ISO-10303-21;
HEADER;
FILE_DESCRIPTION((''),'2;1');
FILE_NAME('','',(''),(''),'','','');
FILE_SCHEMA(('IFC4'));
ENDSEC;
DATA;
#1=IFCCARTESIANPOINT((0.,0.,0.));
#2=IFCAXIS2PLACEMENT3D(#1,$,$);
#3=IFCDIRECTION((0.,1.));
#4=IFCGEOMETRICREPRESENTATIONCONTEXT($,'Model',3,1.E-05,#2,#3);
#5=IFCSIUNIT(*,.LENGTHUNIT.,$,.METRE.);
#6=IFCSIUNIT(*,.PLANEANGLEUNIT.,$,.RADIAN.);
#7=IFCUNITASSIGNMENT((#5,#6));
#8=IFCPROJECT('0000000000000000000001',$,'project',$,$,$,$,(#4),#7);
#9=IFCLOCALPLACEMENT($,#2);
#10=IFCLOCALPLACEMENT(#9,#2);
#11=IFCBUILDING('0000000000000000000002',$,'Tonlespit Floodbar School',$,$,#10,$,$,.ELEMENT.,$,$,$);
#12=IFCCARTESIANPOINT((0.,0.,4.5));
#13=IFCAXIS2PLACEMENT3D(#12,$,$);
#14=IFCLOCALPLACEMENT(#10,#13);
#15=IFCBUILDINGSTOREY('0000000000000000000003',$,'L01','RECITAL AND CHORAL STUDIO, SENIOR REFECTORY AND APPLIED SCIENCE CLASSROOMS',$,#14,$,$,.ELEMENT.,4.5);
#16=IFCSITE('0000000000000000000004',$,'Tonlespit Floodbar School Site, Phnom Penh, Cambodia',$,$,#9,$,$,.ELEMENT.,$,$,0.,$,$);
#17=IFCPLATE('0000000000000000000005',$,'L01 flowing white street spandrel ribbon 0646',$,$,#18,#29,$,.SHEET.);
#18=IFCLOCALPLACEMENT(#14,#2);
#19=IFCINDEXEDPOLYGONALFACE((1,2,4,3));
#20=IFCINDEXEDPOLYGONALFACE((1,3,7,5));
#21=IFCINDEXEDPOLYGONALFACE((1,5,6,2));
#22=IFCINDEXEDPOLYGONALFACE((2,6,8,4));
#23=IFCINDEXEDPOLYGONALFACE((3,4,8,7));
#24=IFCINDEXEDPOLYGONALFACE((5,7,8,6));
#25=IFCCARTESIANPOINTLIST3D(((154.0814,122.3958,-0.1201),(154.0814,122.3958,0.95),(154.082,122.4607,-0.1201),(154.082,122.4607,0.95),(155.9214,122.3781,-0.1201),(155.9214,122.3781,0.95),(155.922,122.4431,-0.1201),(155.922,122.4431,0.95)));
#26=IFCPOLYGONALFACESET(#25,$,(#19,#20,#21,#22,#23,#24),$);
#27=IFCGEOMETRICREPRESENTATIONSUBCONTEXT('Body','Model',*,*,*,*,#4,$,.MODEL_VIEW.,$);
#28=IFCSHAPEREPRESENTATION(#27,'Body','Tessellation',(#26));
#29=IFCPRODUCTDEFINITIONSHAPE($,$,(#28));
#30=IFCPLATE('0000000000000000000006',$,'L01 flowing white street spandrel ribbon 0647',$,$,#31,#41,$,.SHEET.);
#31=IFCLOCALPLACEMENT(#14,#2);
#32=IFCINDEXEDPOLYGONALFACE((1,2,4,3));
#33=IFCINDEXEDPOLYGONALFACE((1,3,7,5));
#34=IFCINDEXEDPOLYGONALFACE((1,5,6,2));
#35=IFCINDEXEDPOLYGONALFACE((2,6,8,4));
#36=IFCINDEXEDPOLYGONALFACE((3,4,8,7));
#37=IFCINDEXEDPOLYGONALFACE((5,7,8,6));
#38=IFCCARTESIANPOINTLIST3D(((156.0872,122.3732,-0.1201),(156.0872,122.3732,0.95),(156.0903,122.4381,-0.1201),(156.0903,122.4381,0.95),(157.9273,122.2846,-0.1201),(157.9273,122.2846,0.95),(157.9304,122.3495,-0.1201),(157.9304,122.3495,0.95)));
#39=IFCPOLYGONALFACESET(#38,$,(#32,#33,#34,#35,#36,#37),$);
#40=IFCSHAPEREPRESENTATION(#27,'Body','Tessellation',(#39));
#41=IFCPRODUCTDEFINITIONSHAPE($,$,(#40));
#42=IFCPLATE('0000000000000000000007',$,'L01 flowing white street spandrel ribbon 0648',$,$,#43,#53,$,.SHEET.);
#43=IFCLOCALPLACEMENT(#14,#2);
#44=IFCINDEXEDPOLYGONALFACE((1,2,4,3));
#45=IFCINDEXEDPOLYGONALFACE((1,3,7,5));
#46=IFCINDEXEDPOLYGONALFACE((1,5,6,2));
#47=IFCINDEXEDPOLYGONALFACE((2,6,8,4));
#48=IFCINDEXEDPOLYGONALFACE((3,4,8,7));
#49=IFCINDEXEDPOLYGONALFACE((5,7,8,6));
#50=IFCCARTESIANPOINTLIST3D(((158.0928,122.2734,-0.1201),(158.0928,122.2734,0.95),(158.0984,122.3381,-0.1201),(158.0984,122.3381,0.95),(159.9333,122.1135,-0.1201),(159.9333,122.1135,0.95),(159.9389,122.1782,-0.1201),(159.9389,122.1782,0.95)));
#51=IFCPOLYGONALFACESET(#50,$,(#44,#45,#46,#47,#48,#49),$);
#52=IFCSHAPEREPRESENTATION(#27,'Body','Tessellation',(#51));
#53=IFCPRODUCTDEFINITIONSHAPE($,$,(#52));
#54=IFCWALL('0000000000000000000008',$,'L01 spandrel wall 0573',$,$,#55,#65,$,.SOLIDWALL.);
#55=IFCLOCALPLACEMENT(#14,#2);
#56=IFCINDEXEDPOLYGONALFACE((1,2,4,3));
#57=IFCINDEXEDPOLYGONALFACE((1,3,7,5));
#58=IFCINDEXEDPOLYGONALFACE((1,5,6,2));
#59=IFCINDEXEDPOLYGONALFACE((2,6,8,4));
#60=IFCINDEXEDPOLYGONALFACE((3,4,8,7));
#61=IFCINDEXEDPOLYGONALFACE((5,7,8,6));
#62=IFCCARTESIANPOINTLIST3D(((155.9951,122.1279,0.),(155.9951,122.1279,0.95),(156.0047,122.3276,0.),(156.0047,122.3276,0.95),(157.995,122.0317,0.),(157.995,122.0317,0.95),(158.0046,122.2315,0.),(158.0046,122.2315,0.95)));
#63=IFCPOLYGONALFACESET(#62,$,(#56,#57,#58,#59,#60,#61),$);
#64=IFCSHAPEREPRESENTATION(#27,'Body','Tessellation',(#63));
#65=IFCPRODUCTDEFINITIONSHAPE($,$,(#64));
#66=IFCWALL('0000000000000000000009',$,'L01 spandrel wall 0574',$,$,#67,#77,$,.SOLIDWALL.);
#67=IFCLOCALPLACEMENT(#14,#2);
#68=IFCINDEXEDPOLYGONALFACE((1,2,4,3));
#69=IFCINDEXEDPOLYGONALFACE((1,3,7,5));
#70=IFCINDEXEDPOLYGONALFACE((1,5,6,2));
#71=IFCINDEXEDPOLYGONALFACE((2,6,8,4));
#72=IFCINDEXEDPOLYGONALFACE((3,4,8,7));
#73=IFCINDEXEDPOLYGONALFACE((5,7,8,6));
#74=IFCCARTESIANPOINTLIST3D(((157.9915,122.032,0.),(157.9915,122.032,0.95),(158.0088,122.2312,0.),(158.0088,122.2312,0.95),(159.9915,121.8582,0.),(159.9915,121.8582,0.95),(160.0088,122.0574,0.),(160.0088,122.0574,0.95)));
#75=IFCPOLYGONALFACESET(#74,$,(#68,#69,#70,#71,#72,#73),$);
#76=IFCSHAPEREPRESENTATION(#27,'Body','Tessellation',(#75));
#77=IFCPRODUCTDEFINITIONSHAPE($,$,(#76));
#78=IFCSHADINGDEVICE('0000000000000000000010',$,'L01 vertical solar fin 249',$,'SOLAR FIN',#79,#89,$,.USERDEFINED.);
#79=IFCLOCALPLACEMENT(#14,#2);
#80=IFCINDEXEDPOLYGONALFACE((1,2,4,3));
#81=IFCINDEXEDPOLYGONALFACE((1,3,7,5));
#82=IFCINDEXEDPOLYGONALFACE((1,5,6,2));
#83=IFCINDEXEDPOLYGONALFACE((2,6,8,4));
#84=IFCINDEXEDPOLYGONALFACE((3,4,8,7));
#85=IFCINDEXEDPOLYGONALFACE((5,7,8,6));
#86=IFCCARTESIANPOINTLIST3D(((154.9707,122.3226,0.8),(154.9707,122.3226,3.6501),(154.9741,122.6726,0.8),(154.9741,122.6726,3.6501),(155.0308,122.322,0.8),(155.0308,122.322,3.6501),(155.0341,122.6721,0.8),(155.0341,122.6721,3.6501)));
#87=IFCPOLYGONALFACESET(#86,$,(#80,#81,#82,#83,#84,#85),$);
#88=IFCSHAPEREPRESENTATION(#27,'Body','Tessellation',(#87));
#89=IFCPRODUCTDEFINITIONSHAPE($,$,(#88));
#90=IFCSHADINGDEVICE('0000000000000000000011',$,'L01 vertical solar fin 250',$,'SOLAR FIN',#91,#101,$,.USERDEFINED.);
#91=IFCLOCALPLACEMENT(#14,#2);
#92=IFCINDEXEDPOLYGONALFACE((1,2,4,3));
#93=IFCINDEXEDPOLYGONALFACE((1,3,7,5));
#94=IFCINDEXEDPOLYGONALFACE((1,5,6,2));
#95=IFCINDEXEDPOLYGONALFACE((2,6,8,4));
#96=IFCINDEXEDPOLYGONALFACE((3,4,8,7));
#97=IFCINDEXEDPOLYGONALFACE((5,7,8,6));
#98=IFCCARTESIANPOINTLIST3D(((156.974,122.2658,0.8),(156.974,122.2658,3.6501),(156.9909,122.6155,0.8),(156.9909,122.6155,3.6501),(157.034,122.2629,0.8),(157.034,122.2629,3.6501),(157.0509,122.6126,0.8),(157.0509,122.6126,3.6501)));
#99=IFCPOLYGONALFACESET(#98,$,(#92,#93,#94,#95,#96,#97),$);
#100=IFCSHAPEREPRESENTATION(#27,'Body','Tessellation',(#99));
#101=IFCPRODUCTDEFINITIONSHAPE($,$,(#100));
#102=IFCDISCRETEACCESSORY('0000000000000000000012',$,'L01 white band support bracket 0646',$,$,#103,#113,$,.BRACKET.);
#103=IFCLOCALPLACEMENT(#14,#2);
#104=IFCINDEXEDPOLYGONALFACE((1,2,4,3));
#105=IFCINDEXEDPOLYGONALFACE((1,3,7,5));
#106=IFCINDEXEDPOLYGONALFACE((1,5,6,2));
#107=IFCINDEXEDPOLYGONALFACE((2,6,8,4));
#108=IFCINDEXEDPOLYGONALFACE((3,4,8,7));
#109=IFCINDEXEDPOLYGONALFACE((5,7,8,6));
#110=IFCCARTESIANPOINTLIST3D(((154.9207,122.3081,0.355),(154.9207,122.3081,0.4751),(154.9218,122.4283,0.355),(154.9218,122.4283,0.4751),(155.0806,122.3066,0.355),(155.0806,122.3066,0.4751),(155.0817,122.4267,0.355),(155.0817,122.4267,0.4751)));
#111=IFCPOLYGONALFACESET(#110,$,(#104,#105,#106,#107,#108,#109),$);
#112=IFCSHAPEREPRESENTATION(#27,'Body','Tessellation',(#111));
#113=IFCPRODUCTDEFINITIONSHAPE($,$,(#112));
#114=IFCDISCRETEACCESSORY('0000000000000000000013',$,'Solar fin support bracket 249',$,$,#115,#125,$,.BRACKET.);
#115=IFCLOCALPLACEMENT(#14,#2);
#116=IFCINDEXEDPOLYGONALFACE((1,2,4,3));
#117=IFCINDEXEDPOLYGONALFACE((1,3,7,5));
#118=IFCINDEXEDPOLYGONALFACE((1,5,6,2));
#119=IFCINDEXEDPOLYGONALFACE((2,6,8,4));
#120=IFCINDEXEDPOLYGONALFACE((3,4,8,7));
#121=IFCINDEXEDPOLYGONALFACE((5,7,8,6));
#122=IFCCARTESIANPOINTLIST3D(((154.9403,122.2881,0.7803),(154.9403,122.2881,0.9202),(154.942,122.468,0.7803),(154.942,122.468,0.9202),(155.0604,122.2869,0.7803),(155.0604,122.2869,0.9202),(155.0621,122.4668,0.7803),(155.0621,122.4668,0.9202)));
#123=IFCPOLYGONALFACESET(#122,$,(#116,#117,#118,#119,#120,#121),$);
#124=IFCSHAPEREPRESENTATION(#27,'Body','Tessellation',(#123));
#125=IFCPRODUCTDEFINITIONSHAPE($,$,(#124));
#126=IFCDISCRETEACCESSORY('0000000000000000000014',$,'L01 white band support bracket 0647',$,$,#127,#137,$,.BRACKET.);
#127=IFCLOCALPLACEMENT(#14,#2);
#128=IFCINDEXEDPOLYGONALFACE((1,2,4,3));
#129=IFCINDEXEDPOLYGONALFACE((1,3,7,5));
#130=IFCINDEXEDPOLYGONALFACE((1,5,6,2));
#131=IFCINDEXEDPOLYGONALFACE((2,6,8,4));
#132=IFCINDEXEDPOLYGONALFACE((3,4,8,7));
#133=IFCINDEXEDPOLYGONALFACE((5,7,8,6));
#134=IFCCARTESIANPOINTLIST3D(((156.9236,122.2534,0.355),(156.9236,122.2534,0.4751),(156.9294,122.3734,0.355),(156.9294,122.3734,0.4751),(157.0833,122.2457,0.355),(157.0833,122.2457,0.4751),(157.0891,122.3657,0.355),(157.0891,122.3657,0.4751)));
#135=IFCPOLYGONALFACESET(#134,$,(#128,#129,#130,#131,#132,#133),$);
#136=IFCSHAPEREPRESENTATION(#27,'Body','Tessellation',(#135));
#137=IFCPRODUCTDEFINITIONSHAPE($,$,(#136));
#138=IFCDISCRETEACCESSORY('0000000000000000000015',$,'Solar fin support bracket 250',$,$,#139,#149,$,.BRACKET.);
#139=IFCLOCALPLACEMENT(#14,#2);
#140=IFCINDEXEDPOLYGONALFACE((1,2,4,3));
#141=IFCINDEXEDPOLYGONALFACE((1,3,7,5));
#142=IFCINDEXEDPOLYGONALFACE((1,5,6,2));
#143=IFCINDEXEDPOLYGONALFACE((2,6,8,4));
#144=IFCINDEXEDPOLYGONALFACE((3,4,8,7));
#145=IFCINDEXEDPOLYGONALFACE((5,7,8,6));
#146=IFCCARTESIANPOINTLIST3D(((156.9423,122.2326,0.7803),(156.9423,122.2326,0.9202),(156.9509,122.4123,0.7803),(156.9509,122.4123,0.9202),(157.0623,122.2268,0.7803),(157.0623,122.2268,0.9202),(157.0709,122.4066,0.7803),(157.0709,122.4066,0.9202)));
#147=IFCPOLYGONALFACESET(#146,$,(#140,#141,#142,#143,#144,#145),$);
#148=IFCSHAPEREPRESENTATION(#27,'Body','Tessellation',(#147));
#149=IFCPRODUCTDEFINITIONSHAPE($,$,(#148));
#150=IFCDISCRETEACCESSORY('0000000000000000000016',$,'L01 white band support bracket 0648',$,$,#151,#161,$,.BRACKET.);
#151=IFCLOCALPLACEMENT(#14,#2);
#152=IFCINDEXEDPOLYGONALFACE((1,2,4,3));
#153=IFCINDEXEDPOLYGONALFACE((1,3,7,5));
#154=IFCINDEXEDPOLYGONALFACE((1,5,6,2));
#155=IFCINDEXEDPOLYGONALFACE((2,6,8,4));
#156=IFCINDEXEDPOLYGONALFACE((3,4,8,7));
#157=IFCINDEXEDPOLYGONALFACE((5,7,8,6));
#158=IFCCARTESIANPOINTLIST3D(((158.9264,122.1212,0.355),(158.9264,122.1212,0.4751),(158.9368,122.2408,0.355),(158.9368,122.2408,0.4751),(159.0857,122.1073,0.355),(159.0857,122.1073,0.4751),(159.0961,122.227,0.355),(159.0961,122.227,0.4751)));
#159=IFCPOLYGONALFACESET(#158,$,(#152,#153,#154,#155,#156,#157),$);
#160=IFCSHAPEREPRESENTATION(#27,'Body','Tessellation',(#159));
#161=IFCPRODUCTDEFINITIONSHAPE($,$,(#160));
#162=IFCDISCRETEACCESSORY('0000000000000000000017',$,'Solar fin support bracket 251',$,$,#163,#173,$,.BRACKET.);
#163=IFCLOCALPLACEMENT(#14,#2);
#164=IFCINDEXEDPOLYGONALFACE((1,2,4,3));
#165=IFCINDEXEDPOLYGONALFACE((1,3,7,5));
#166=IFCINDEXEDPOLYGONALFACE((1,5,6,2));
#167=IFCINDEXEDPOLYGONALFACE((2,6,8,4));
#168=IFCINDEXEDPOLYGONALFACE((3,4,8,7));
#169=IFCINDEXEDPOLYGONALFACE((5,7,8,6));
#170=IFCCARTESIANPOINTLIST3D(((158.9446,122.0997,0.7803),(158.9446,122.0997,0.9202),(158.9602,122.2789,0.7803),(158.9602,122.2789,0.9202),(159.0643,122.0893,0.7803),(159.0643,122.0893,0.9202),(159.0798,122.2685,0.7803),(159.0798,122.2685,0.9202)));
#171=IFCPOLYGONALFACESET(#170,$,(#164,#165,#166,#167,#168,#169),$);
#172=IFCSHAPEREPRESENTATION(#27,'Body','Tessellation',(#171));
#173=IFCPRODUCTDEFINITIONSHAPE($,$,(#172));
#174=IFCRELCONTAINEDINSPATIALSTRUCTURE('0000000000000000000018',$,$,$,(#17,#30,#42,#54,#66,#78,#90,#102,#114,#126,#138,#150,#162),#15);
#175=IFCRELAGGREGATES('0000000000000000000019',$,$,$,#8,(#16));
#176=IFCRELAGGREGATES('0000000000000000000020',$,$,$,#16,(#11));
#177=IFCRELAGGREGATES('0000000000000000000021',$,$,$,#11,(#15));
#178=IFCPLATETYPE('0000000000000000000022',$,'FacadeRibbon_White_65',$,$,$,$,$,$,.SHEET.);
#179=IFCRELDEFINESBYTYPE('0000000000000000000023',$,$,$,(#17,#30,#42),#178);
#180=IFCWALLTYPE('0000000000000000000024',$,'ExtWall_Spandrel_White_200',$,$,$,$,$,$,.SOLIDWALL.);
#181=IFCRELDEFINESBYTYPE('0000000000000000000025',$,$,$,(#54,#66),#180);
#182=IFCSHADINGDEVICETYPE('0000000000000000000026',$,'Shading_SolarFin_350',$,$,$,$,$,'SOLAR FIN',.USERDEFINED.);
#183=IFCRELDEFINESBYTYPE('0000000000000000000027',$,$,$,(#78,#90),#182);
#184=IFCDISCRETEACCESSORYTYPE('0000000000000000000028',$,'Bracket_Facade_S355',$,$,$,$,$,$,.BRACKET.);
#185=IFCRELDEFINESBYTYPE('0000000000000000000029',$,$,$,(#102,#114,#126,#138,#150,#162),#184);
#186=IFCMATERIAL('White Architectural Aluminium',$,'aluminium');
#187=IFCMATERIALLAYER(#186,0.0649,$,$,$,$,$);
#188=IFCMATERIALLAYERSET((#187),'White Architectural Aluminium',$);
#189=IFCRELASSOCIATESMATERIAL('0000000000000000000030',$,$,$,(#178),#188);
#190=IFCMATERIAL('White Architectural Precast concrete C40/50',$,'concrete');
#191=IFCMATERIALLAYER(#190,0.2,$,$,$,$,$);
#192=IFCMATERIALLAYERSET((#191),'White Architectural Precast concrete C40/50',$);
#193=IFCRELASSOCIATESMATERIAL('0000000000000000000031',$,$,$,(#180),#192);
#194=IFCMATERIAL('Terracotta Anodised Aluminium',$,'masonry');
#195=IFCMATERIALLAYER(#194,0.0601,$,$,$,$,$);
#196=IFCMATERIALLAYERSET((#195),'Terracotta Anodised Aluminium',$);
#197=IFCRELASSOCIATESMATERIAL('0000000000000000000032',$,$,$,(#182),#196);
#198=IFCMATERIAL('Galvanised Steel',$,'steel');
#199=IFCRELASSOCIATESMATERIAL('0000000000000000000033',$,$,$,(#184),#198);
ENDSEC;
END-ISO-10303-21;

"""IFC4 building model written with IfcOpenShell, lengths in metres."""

from ifc_helpers import new_model, si_unit, direction, frame, frame_2d, origin, origin_2d, place, context, subcontext, project, spatial, rectangle, extrude, material, layer, layer_set, type_object, element, save


model = new_model("IFC4")

# Units and contexts
model_context = context("Model", 3, precision=1e-05, world=origin(), true_north=direction((0.0, 1.0)))
body_context = subcontext(model_context, "Body", "Model", "MODEL_VIEW")
ifc_project = project(units=[si_unit("LENGTHUNIT", "METRE"), si_unit("PLANEANGLEUNIT", "RADIAN")], contexts=[model_context])

# Site, building, storey
site_placement = place(None, origin())
site = spatial("IfcSite", under=ifc_project, at=site_placement, Name="Tonlespit Floodbar School Site, Phnom Penh, Cambodia", CompositionType="ELEMENT", RefElevation=0.0)
building_placement = place(site_placement, origin())
building = spatial("IfcBuilding", under=site, at=building_placement, Name="Tonlespit Floodbar School", CompositionType="ELEMENT")
storey_placement = place(building_placement, frame((0.0, 0.0, 4.5)))
storey = spatial("IfcBuildingStorey", under=building, at=storey_placement, Name="L01", Description="RECITAL AND CHORAL STUDIO, SENIOR REFECTORY AND APPLIED SCIENCE CLASSROOMS", CompositionType="ELEMENT", Elevation=4.5)

# Plates
ifc_material_1 = material(Name="White Architectural Aluminium", Category="aluminium")
ifc_layer_1 = layer(ifc_material_1, 0.0649)
ifc_layer_set_1 = layer_set([ifc_layer_1], Name="White Architectural Aluminium")
plate_type_1 = type_object("IfcPlateType", Name="FacadeRibbon_White_65", PredefinedType="SHEET", material=ifc_layer_set_1)
plate_1_placement = place(storey_placement, frame((155.0017, 122.4194, -0.1201), z_axis=(0.0, 0.0, 1.0), x_axis=(0.999954, -0.009599, 0.0)))
element("IfcPlate", 1, at=plate_1_placement, inside=storey, type_object=plate_type_1, Name="L01 flowing white street spandrel ribbon 0646", PredefinedType="SHEET", context=body_context, shape_type="SweptSolid", body=[
    extrude(rectangle(XDim=1.8401, YDim=0.0649, at=origin_2d()), origin(), (0.0, 0.0, 1.0), 1.0701),
])
plate_2_placement = place(storey_placement, frame((157.0088, 122.3613, -0.1201), z_axis=(0.0, 0.0, 1.0), x_axis=(0.998843, -0.048095, 0.0)))
element("IfcPlate", 2, at=plate_2_placement, inside=storey, type_object=plate_type_1, Name="L01 flowing white street spandrel ribbon 0647", PredefinedType="SHEET", context=body_context, shape_type="SweptSolid", body=[
    extrude(rectangle(XDim=1.8423, YDim=0.0649, at=origin_2d()), origin(), (0.0, 0.0, 1.0), 1.0701),
])
plate_3_placement = place(storey_placement, frame((159.0159, 122.2258, -0.1201), z_axis=(0.0, 0.0, 1.0), x_axis=(0.996245, -0.086573, 0.0)))
element("IfcPlate", 3, at=plate_3_placement, inside=storey, type_object=plate_type_1, Name="L01 flowing white street spandrel ribbon 0648", PredefinedType="SHEET", context=body_context, shape_type="SweptSolid", body=[
    extrude(rectangle(XDim=1.8474, YDim=0.0649, at=origin_2d()), origin(), (0.0, 0.0, 1.0), 1.0701),
])

# Walls
ifc_material_2 = material(Name="White Architectural Precast concrete C40/50", Category="concrete")
ifc_layer_2 = layer(ifc_material_2, 0.2)
ifc_layer_set_2 = layer_set([ifc_layer_2], Name="White Architectural Precast concrete C40/50")
wall_type = type_object("IfcWallType", Name="ExtWall_Spandrel_White_200", PredefinedType="SOLIDWALL", material=ifc_layer_set_2)
wall_1_placement = place(storey_placement, frame((156.0, 122.2278, 0.0), z_axis=(0.0, 0.0, 1.0), x_axis=(0.998845, -0.04804, 0.0)))
element("IfcWall", 4, at=wall_1_placement, inside=storey, type_object=wall_type, Name="L01 spandrel wall 0573", PredefinedType="SOLIDWALL", context=body_context, shape_type="SweptSolid", body=[
    extrude(rectangle(XDim=2.0022, YDim=0.2, at=frame_2d((1.001, 0.0))), origin(), (0.0, 0.0, 1.0), 0.95),
])
wall_2_placement = place(storey_placement, frame((158.0, 122.1316, 0.0), z_axis=(0.0, 0.0, 1.0), x_axis=(0.996244, -0.086588, 0.0)))
element("IfcWall", 5, at=wall_2_placement, inside=storey, type_object=wall_type, Name="L01 spandrel wall 0574", PredefinedType="SOLIDWALL", context=body_context, shape_type="SweptSolid", body=[
    extrude(rectangle(XDim=2.0076, YDim=0.2, at=frame_2d((1.0039, 0.0))), origin(), (0.0, 0.0, 1.0), 0.95),
])

# Shading devices
ifc_material_3 = material(Name="Terracotta Anodised Aluminium", Category="masonry")
ifc_layer_3 = layer(ifc_material_3, 0.0601)
ifc_layer_set_3 = layer_set([ifc_layer_3], Name="Terracotta Anodised Aluminium")
shading_device_type = type_object("IfcShadingDeviceType", Name="Shading_SolarFin_350", ElementType="SOLAR FIN", PredefinedType="USERDEFINED", material=ifc_layer_set_3)
for number, where, z_axis, x_axis, name in (
    (6, (155.0024, 122.4973, 0.8), (0.0, 0.0, 1.0), (0.999954, -0.009599, 0.0), "L01 vertical solar fin 249"),
    (7, (157.0125, 122.4392, 0.8), (0.0, 0.0, 1.0), (0.998843, -0.048095, 0.0), "L01 vertical solar fin 250"),
):
    element("IfcShadingDevice", number, at=place(storey_placement, frame(where, z_axis=z_axis, x_axis=x_axis)), inside=storey, type_object=shading_device_type, Name=name, ObjectType="SOLAR FIN", PredefinedType="USERDEFINED", context=body_context, shape_type="SweptSolid", body=[
        extrude(rectangle(XDim=0.0601, YDim=0.3501, at=origin_2d()), origin(), (0.0, 0.0, 1.0), 2.8501),
    ])

# Discrete accessories
ifc_material_4 = material(Name="Galvanised Steel", Category="steel")
discrete_accessory_type = type_object("IfcDiscreteAccessoryType", Name="Bracket_Facade_S355", PredefinedType="BRACKET", material=ifc_material_4)
discrete_accessory_1_placement = place(storey_placement, frame((155.0012, 122.3674, 0.355), z_axis=(0.0, 0.0, 1.0), x_axis=(0.999954, -0.009599, 0.0)))
element("IfcDiscreteAccessory", 8, at=discrete_accessory_1_placement, inside=storey, type_object=discrete_accessory_type, Name="L01 white band support bracket 0646", PredefinedType="BRACKET", context=body_context, shape_type="SweptSolid", body=[
    extrude(rectangle(XDim=0.1599, YDim=0.1201, at=origin_2d()), origin(), (0.0, 0.0, 1.0), 0.1201),
])
discrete_accessory_2_placement = place(storey_placement, frame((155.0012, 122.3774, 0.7803), z_axis=(0.0, 0.0, 1.0), x_axis=(0.999954, -0.009599, 0.0)))
element("IfcDiscreteAccessory", 9, at=discrete_accessory_2_placement, inside=storey, type_object=discrete_accessory_type, Name="Solar fin support bracket 249", PredefinedType="BRACKET", context=body_context, shape_type="SweptSolid", body=[
    extrude(rectangle(XDim=0.1201, YDim=0.1799, at=origin_2d()), origin(), (0.0, 0.0, 1.0), 0.1399),
])
discrete_accessory_3_placement = place(storey_placement, frame((157.0063, 122.3096, 0.355), z_axis=(0.0, 0.0, 1.0), x_axis=(0.998843, -0.048095, 0.0)))
element("IfcDiscreteAccessory", 10, at=discrete_accessory_3_placement, inside=storey, type_object=discrete_accessory_type, Name="L01 white band support bracket 0647", PredefinedType="BRACKET", context=body_context, shape_type="SweptSolid", body=[
    extrude(rectangle(XDim=0.1599, YDim=0.1201, at=origin_2d()), origin(), (0.0, 0.0, 1.0), 0.1201),
])
discrete_accessory_4_placement = place(storey_placement, frame((157.0066, 122.3196, 0.7803), z_axis=(0.0, 0.0, 1.0), x_axis=(0.998843, -0.048095, 0.0)))
element("IfcDiscreteAccessory", 11, at=discrete_accessory_4_placement, inside=storey, type_object=discrete_accessory_type, Name="Solar fin support bracket 250", PredefinedType="BRACKET", context=body_context, shape_type="SweptSolid", body=[
    extrude(rectangle(XDim=0.1201, YDim=0.1799, at=origin_2d()), origin(), (0.0, 0.0, 1.0), 0.1399),
])
discrete_accessory_5_placement = place(storey_placement, frame((159.0112, 122.1741, 0.355), z_axis=(0.0, 0.0, 1.0), x_axis=(0.996245, -0.086573, 0.0)))
element("IfcDiscreteAccessory", 12, at=discrete_accessory_5_placement, inside=storey, type_object=discrete_accessory_type, Name="L01 white band support bracket 0648", PredefinedType="BRACKET", context=body_context, shape_type="SweptSolid", body=[
    extrude(rectangle(XDim=0.1599, YDim=0.1201, at=origin_2d()), origin(), (0.0, 0.0, 1.0), 0.1201),
])
discrete_accessory_6_placement = place(storey_placement, frame((159.0122, 122.1841, 0.7803), z_axis=(0.0, 0.0, 1.0), x_axis=(0.996245, -0.086573, 0.0)))
element("IfcDiscreteAccessory", 13, at=discrete_accessory_6_placement, inside=storey, type_object=discrete_accessory_type, Name="Solar fin support bracket 251", PredefinedType="BRACKET", context=body_context, shape_type="SweptSolid", body=[
    extrude(rectangle(XDim=0.1201, YDim=0.1799, at=origin_2d()), origin(), (0.0, 0.0, 1.0), 0.1399),
])

save(model, "model.ifc")
